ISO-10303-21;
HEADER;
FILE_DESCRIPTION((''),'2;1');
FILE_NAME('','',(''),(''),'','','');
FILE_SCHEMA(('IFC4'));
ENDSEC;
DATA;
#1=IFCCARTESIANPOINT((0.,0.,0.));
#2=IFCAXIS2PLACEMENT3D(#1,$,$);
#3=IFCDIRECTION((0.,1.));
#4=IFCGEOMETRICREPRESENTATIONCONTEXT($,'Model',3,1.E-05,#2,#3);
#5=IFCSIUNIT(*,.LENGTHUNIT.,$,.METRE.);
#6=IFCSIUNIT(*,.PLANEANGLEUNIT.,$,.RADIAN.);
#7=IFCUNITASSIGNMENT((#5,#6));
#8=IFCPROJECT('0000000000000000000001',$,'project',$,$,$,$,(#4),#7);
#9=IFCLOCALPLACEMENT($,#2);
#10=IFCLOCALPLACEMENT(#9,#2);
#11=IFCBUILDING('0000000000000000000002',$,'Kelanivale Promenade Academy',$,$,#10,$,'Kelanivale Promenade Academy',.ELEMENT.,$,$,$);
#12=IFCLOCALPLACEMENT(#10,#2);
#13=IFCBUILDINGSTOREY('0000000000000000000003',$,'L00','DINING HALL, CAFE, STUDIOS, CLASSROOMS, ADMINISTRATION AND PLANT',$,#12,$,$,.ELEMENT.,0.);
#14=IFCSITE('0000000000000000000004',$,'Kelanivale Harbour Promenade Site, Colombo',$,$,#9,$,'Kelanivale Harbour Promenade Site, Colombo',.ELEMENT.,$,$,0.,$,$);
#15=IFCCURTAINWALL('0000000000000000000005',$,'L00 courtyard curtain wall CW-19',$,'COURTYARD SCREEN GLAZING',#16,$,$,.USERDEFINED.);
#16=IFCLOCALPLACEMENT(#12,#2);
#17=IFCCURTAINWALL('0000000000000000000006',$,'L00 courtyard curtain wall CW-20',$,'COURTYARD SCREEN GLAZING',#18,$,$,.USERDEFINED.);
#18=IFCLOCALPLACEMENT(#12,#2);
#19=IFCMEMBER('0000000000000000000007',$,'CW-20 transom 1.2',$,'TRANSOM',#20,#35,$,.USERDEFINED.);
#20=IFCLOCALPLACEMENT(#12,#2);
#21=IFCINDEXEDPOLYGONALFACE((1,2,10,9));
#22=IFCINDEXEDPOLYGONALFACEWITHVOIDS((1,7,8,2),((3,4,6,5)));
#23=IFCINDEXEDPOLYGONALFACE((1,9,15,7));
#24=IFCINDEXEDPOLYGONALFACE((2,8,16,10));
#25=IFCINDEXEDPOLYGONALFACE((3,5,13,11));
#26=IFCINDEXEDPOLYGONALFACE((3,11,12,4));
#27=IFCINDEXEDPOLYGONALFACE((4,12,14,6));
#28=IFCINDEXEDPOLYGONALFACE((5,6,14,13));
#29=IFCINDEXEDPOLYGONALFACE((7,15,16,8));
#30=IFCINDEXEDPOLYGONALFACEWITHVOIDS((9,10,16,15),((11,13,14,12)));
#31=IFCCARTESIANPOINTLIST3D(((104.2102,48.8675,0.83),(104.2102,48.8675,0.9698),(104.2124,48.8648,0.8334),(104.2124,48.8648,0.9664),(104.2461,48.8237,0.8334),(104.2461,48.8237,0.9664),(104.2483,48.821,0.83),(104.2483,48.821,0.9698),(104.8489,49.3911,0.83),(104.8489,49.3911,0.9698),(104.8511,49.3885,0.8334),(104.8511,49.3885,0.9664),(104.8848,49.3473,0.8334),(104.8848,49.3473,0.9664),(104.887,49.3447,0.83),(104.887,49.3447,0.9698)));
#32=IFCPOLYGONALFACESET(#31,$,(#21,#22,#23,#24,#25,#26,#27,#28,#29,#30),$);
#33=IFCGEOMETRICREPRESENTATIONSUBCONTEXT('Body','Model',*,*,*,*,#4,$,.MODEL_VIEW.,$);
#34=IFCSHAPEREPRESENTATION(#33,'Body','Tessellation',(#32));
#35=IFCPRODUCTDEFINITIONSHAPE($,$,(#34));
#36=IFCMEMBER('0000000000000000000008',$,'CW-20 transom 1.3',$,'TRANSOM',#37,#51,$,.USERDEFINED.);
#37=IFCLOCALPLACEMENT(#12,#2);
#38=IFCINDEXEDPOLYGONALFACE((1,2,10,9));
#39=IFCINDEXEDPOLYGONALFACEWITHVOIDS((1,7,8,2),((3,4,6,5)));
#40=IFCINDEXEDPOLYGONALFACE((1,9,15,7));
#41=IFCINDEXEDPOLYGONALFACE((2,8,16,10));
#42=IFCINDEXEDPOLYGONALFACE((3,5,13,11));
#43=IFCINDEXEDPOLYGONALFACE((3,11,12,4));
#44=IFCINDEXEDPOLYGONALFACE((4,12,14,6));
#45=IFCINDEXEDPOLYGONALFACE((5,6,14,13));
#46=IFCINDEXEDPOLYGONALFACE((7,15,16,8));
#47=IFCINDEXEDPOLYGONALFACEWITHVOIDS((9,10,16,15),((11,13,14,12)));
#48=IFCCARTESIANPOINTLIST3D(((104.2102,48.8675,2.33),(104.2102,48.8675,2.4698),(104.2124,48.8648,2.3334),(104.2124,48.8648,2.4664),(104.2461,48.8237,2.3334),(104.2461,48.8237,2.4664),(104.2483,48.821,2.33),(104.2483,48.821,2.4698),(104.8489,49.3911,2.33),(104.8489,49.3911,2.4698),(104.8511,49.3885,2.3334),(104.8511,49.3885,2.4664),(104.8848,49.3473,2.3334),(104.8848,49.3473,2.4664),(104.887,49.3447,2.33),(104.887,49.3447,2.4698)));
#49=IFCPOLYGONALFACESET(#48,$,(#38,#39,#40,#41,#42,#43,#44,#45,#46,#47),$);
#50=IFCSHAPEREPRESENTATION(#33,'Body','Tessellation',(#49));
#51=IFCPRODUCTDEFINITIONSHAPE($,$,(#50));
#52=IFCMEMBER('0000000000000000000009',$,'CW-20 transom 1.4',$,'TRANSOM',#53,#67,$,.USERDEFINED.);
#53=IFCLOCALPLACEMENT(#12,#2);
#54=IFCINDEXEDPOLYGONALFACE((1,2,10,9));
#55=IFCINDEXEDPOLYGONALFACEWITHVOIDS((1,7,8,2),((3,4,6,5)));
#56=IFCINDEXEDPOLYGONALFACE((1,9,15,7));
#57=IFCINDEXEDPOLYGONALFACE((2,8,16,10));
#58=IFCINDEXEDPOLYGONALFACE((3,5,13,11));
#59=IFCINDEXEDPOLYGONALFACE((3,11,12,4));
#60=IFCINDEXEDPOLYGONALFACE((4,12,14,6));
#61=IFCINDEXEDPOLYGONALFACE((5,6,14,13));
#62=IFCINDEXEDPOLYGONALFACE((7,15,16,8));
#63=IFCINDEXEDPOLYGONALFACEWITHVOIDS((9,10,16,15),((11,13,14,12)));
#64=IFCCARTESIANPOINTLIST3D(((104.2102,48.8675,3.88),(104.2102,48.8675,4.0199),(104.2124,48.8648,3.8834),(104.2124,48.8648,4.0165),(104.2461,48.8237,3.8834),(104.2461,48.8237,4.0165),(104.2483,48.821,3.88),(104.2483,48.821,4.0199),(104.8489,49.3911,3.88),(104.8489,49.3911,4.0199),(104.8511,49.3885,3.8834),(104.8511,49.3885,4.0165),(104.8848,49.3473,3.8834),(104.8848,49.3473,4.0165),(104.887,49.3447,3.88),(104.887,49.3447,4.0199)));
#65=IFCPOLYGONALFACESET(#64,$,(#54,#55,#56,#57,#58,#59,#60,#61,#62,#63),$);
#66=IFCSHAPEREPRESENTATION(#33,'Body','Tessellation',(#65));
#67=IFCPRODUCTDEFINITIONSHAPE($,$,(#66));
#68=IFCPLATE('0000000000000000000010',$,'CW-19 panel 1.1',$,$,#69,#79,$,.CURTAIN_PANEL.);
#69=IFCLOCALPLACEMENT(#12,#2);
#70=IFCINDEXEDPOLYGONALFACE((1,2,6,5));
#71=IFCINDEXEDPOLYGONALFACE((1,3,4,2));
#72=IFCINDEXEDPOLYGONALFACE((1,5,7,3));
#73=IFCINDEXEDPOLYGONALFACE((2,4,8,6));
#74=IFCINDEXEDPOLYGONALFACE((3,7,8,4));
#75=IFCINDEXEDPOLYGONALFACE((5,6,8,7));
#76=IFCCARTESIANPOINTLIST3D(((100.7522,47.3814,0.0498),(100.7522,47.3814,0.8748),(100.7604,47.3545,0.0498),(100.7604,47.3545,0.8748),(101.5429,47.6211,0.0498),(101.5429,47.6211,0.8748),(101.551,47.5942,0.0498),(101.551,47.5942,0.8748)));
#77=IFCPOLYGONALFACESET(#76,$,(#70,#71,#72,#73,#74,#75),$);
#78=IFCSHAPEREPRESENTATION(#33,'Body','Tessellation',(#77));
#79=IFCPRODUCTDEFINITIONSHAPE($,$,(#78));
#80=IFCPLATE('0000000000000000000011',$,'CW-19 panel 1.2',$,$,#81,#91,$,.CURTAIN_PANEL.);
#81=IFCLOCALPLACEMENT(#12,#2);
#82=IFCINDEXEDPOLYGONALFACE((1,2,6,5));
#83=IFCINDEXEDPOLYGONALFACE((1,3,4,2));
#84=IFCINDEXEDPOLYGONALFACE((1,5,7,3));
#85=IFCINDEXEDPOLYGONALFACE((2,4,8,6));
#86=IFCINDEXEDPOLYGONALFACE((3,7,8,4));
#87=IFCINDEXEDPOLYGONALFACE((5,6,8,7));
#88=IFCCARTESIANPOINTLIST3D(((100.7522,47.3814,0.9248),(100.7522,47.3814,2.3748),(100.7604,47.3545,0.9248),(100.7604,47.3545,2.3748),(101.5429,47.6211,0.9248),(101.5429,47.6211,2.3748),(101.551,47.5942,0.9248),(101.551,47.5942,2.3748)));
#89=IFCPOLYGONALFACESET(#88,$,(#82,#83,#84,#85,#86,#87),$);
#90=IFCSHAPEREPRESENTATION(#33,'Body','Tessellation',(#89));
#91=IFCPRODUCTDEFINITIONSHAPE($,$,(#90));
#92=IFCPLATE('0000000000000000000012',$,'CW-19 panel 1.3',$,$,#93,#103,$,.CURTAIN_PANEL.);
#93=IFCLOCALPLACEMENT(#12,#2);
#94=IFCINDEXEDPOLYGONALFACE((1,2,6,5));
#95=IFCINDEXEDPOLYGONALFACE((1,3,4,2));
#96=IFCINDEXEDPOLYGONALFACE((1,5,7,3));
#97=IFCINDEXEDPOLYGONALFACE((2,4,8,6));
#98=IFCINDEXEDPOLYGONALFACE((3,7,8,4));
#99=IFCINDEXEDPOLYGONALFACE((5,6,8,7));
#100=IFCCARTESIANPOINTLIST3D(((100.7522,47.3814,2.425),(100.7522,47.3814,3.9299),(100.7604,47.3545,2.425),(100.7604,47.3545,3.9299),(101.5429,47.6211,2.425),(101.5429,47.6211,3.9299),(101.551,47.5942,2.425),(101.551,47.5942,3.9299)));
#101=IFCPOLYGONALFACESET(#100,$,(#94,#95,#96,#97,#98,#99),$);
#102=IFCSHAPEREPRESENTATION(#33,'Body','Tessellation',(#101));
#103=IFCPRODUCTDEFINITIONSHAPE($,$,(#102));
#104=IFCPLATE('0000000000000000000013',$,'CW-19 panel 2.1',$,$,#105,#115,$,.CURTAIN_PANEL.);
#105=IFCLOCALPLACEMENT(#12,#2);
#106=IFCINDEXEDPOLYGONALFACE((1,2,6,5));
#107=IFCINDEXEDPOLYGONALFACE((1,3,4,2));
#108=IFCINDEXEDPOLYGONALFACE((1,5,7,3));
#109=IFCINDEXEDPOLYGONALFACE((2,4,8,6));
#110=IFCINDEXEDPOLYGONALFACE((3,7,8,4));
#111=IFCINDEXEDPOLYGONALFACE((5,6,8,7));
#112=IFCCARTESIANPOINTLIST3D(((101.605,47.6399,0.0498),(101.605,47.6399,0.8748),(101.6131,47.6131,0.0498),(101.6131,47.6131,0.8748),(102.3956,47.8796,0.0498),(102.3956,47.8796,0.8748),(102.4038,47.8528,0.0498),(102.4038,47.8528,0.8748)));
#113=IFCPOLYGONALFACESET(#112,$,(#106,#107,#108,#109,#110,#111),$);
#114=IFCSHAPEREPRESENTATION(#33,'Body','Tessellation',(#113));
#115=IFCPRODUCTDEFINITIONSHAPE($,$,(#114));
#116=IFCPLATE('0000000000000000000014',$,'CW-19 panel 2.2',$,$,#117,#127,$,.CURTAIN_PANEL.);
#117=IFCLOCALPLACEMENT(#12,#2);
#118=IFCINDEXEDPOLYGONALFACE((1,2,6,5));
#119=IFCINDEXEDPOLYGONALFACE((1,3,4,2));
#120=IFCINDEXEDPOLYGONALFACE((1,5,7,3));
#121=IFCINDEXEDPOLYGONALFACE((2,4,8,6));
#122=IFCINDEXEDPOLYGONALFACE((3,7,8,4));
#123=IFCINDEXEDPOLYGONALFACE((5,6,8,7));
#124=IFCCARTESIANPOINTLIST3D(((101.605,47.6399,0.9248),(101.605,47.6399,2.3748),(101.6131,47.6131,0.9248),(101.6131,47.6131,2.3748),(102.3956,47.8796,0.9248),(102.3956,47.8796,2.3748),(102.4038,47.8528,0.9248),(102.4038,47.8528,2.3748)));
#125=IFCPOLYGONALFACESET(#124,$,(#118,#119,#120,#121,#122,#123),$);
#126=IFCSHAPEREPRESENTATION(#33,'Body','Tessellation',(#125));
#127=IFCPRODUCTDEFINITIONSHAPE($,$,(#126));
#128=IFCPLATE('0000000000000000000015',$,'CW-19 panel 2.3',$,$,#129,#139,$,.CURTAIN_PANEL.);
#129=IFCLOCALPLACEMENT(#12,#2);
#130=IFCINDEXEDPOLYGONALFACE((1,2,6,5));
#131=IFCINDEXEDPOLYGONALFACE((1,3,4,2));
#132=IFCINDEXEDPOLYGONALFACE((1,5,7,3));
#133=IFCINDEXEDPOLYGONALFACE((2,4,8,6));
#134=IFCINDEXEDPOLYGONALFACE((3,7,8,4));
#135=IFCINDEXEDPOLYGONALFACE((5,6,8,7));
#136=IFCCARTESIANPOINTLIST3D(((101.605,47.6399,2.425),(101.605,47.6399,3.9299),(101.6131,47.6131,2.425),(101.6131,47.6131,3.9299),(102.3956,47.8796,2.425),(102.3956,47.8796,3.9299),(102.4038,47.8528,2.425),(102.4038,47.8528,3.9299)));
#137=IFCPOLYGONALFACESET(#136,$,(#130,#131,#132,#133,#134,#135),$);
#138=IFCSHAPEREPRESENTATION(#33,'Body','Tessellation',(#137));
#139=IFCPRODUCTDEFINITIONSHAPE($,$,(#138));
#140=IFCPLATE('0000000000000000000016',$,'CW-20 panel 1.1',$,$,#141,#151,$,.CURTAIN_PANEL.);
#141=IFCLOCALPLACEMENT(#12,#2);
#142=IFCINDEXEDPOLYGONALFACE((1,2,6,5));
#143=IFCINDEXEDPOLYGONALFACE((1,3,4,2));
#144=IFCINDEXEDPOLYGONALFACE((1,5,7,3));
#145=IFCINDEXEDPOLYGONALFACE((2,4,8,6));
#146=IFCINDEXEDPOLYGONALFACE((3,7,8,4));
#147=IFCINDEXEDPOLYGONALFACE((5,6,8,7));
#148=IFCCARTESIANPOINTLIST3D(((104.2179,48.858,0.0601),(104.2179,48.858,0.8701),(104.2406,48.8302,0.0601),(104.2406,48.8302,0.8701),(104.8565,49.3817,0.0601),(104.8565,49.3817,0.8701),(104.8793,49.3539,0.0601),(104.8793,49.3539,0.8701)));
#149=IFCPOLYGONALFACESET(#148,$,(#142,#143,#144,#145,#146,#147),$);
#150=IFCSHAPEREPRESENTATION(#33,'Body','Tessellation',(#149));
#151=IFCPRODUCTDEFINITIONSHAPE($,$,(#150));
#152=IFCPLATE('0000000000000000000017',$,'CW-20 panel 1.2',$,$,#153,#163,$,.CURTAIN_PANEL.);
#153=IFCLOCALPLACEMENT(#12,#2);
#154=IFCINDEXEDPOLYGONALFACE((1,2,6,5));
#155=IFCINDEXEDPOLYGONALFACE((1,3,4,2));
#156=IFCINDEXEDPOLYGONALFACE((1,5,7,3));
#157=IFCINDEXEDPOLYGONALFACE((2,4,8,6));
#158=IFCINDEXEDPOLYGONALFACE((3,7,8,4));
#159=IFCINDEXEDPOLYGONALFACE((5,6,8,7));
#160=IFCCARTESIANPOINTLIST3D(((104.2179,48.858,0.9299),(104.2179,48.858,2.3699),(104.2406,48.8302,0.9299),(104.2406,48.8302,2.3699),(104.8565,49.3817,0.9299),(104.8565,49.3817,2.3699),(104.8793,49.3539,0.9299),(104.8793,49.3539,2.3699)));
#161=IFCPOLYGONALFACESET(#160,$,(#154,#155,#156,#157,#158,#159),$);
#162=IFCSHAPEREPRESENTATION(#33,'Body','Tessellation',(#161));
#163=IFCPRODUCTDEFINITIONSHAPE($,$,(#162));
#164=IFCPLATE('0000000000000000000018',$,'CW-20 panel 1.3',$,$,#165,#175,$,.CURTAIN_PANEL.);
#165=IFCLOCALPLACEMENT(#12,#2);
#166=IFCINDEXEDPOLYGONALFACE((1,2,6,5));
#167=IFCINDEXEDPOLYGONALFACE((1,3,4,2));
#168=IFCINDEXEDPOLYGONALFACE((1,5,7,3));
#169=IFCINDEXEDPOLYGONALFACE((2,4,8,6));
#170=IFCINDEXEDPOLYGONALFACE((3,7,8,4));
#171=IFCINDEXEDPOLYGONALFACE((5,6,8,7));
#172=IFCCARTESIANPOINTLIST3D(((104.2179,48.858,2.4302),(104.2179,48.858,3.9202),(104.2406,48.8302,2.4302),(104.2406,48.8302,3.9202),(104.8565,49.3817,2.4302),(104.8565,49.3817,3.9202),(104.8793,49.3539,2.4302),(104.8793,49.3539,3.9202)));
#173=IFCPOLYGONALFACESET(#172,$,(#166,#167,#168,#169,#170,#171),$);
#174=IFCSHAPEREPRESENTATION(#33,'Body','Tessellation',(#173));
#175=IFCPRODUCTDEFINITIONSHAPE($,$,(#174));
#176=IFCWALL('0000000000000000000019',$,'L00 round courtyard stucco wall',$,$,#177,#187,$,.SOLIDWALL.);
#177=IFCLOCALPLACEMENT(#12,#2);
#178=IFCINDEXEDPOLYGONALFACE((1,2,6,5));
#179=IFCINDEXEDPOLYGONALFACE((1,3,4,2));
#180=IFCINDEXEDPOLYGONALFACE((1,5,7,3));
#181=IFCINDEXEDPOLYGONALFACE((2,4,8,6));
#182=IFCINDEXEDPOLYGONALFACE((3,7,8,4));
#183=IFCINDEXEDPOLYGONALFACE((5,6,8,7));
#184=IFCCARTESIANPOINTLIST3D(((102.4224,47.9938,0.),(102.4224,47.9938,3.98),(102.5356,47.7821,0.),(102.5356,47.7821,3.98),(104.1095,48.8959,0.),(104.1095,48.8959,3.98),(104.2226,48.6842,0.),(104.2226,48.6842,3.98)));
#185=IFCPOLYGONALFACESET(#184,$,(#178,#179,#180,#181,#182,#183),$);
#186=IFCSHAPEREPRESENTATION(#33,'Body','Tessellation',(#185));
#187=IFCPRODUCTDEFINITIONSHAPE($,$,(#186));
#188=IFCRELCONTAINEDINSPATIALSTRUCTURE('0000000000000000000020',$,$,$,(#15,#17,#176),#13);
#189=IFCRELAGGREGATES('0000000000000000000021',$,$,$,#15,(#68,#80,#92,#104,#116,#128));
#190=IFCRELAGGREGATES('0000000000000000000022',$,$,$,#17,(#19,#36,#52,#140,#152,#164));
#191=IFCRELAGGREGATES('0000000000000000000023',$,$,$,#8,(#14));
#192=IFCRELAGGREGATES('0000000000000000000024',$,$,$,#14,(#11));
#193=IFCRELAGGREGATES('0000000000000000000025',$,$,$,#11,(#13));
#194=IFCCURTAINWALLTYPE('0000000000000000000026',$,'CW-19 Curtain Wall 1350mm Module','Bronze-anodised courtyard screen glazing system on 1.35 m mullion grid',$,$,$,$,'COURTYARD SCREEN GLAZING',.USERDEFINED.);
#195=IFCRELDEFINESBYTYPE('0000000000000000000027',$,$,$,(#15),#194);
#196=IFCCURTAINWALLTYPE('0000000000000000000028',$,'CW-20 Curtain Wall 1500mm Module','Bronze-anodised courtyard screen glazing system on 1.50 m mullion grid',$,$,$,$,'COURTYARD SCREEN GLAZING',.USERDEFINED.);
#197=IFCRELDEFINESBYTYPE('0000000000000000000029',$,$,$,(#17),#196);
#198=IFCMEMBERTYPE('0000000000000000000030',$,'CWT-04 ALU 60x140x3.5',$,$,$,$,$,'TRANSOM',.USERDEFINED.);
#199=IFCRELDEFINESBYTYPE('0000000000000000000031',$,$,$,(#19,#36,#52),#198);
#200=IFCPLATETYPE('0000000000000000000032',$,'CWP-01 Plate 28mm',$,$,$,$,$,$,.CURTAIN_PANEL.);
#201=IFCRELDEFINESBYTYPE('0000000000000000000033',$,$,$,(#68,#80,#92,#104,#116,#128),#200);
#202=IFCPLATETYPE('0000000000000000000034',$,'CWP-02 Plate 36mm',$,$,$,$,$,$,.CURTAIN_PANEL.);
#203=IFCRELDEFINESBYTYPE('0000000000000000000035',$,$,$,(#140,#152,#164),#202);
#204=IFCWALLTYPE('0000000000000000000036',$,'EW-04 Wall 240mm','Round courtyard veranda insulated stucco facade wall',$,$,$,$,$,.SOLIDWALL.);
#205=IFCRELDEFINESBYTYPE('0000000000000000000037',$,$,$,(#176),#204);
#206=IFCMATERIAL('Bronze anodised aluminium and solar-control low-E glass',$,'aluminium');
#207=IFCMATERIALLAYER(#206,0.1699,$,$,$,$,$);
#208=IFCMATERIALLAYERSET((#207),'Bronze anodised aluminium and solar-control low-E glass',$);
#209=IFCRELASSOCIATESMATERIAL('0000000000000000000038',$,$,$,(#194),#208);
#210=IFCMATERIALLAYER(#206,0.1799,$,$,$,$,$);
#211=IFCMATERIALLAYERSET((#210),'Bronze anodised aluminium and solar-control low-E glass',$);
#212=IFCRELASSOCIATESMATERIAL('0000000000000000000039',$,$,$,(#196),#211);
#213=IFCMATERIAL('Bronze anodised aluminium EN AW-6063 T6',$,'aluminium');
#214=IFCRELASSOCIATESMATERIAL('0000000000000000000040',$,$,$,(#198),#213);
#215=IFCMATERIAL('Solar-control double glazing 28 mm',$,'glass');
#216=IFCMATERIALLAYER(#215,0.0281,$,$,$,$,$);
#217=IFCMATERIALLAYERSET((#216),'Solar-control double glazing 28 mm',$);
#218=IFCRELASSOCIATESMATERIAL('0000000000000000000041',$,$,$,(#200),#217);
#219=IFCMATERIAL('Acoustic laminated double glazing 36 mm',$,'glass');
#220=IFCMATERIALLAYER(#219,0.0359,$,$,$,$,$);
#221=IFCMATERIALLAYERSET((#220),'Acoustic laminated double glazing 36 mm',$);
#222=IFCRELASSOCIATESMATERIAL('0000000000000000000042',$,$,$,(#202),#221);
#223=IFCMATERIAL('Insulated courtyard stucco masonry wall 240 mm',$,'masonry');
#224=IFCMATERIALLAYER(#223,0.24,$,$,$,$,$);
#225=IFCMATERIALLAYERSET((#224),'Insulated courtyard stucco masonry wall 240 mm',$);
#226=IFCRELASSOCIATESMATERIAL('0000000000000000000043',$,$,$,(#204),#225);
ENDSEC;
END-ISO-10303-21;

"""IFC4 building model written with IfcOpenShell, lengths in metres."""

from ifc_helpers import new_model, si_unit, direction, frame, frame_2d, origin, origin_2d, place, context, subcontext, project, spatial, rectangle, hollow_rectangle, extrude, material, layer, layer_set, material_profile, profile_set, type_object, element, aggregate, save


model = new_model("IFC4")

# Units and contexts
model_context = context("Model", 3, precision=1e-05, world=origin(), true_north=direction((0.0, 1.0)))
body_context = subcontext(model_context, "Body", "Model", "MODEL_VIEW")
ifc_project = project(units=[si_unit("LENGTHUNIT", "METRE"), si_unit("PLANEANGLEUNIT", "RADIAN")], contexts=[model_context])

# Site, building, storey
site_placement = place(None, origin())
site = spatial("IfcSite", under=ifc_project, at=site_placement, Name="Kelanivale Harbour Promenade Site, Colombo", LongName="Kelanivale Harbour Promenade Site, Colombo", CompositionType="ELEMENT", RefElevation=0.0)
building_placement = place(site_placement, origin())
building = spatial("IfcBuilding", under=site, at=building_placement, Name="Kelanivale Promenade Academy", LongName="Kelanivale Promenade Academy", CompositionType="ELEMENT")
storey_placement = place(building_placement, origin())
storey = spatial("IfcBuildingStorey", under=building, at=storey_placement, Name="L00", Description="DINING HALL, CAFE, STUDIOS, CLASSROOMS, ADMINISTRATION AND PLANT", CompositionType="ELEMENT", Elevation=0.0)

# Curtain wall
ifc_material_1 = material(Name="Bronze anodised aluminium and solar-control low-E glass", Category="aluminium")
ifc_layer_1 = layer(ifc_material_1, 0.1699)
ifc_layer_set_1 = layer_set([ifc_layer_1], Name="Bronze anodised aluminium and solar-control low-E glass")
curtain_wall_type_1 = type_object("IfcCurtainWallType", Name="CW-19 Curtain Wall 1350mm Module", Description="Bronze-anodised courtyard screen glazing system on 1.35 m mullion grid", ElementType="COURTYARD SCREEN GLAZING", PredefinedType="USERDEFINED", material=ifc_layer_set_1)
curtain_wall_1_placement = place(storey_placement, origin())
curtain_wall_1 = element("IfcCurtainWall", 1, at=curtain_wall_1_placement, inside=storey, type_object=curtain_wall_type_1, Name="L00 courtyard curtain wall CW-19", ObjectType="COURTYARD SCREEN GLAZING", PredefinedType="USERDEFINED")
ifc_material_2 = material(Name="Bronze anodised aluminium EN AW-6063 T6", Category="aluminium")

# Curtain wall
ifc_layer_2 = layer(ifc_material_1, 0.1799)
ifc_layer_set_2 = layer_set([ifc_layer_2], Name="Bronze anodised aluminium and solar-control low-E glass")
curtain_wall_type_2 = type_object("IfcCurtainWallType", Name="CW-20 Curtain Wall 1500mm Module", Description="Bronze-anodised courtyard screen glazing system on 1.50 m mullion grid", ElementType="COURTYARD SCREEN GLAZING", PredefinedType="USERDEFINED", material=ifc_layer_set_2)
curtain_wall_2_placement = place(storey_placement, origin())
curtain_wall_2 = element("IfcCurtainWall", 2, at=curtain_wall_2_placement, inside=storey, type_object=curtain_wall_type_2, Name="L00 courtyard curtain wall CW-20", ObjectType="COURTYARD SCREEN GLAZING", PredefinedType="USERDEFINED")

# Members
ifc_material_profile_1 = material_profile(ifc_material_2, hollow_rectangle(XDim=0.0601, YDim=0.1399, WallThickness=0.0034, at=origin_2d()), Name="ALU 60x140x3.5")
ifc_profile_set_1 = profile_set([ifc_material_profile_1], Name="Bronze anodised aluminium EN AW-6063 T6")
member_type_1 = type_object("IfcMemberType", Name="CWT-04 ALU 60x140x3.5", ElementType="TRANSOM", PredefinedType="USERDEFINED", material=ifc_profile_set_1)
member_1_placement = place(storey_placement, frame((104.2292, 48.8442, 0.8999), z_axis=(0.773285, 0.634058, 0.0), x_axis=(-0.634058, 0.773285, 0.0)))
member_1 = element("IfcMember", 3, at=member_1_placement, type_object=member_type_1, Name="CW-20 transom 1.2", ObjectType="TRANSOM", PredefinedType="USERDEFINED", context=body_context, shape_type="SweptSolid", body=[
    extrude(hollow_rectangle(XDim=0.0601, YDim=0.1399, WallThickness=0.0034, at=origin_2d()), origin(), (0.0, 0.0, 1.0), 0.8259),
])
member_2_placement = place(storey_placement, frame((104.2292, 48.8442, 2.3999), z_axis=(0.773285, 0.634058, 0.0), x_axis=(-0.634058, 0.773285, 0.0)))
member_2 = element("IfcMember", 4, at=member_2_placement, type_object=member_type_1, Name="CW-20 transom 1.3", ObjectType="TRANSOM", PredefinedType="USERDEFINED", context=body_context, shape_type="SweptSolid", body=[
    extrude(hollow_rectangle(XDim=0.0601, YDim=0.1399, WallThickness=0.0034, at=origin_2d()), origin(), (0.0, 0.0, 1.0), 0.8259),
])
member_3_placement = place(storey_placement, frame((104.2292, 48.8442, 3.95), z_axis=(0.773285, 0.634058, 0.0), x_axis=(-0.634058, 0.773285, 0.0)))
member_3 = element("IfcMember", 5, at=member_3_placement, type_object=member_type_1, Name="CW-20 transom 1.4", ObjectType="TRANSOM", PredefinedType="USERDEFINED", context=body_context, shape_type="SweptSolid", body=[
    extrude(hollow_rectangle(XDim=0.0601, YDim=0.1399, WallThickness=0.0034, at=origin_2d()), origin(), (0.0, 0.0, 1.0), 0.8259),
])

# Plates
ifc_material_3 = material(Name="Solar-control double glazing 28 mm", Category="glass")
ifc_layer_3 = layer(ifc_material_3, 0.0281)
ifc_layer_set_3 = layer_set([ifc_layer_3], Name="Solar-control double glazing 28 mm")
plate_type_1 = type_object("IfcPlateType", Name="CWP-01 Plate 28mm", PredefinedType="CURTAIN_PANEL", material=ifc_layer_set_3)
plate_1_placement = place(storey_placement, frame((101.1516, 47.4878, 0.0498), z_axis=(0.0, 0.0, 1.0), x_axis=(0.956988, 0.290128, 0.0)))
plate_1 = element("IfcPlate", 6, at=plate_1_placement, type_object=plate_type_1, Name="CW-19 panel 1.1", PredefinedType="CURTAIN_PANEL", context=body_context, shape_type="SweptSolid", body=[
    extrude(rectangle(XDim=0.8262, YDim=0.0281, at=origin_2d()), origin(), (0.0, 0.0, 1.0), 0.825),
])
plate_2_placement = place(storey_placement, frame((101.1516, 47.4878, 0.9248), z_axis=(0.0, 0.0, 1.0), x_axis=(0.956988, 0.290128, 0.0)))
plate_2 = element("IfcPlate", 7, at=plate_2_placement, type_object=plate_type_1, Name="CW-19 panel 1.2", PredefinedType="CURTAIN_PANEL", context=body_context, shape_type="SweptSolid", body=[
    extrude(rectangle(XDim=0.8262, YDim=0.0281, at=origin_2d()), origin(), (0.0, 0.0, 1.0), 1.45),
])
plate_3_placement = place(storey_placement, frame((101.1516, 47.4878, 2.425), z_axis=(0.0, 0.0, 1.0), x_axis=(0.956988, 0.290128, 0.0)))
plate_3 = element("IfcPlate", 8, at=plate_3_placement, type_object=plate_type_1, Name="CW-19 panel 1.3", PredefinedType="CURTAIN_PANEL", context=body_context, shape_type="SweptSolid", body=[
    extrude(rectangle(XDim=0.8262, YDim=0.0281, at=origin_2d()), origin(), (0.0, 0.0, 1.0), 1.5049),
])
plate_4_placement = place(storey_placement, frame((102.0044, 47.7463, 0.0498), z_axis=(0.0, 0.0, 1.0), x_axis=(0.956988, 0.290128, 0.0)))
plate_4 = element("IfcPlate", 9, at=plate_4_placement, type_object=plate_type_1, Name="CW-19 panel 2.1", PredefinedType="CURTAIN_PANEL", context=body_context, shape_type="SweptSolid", body=[
    extrude(rectangle(XDim=0.8262, YDim=0.0281, at=origin_2d()), origin(), (0.0, 0.0, 1.0), 0.825),
])
plate_5_placement = place(storey_placement, frame((102.0044, 47.7463, 0.9248), z_axis=(0.0, 0.0, 1.0), x_axis=(0.956988, 0.290128, 0.0)))
plate_5 = element("IfcPlate", 10, at=plate_5_placement, type_object=plate_type_1, Name="CW-19 panel 2.2", PredefinedType="CURTAIN_PANEL", context=body_context, shape_type="SweptSolid", body=[
    extrude(rectangle(XDim=0.8262, YDim=0.0281, at=origin_2d()), origin(), (0.0, 0.0, 1.0), 1.45),
])
plate_6_placement = place(storey_placement, frame((102.0044, 47.7463, 2.425), z_axis=(0.0, 0.0, 1.0), x_axis=(0.956988, 0.290128, 0.0)))
plate_6 = element("IfcPlate", 11, at=plate_6_placement, type_object=plate_type_1, Name="CW-19 panel 2.3", PredefinedType="CURTAIN_PANEL", context=body_context, shape_type="SweptSolid", body=[
    extrude(rectangle(XDim=0.8262, YDim=0.0281, at=origin_2d()), origin(), (0.0, 0.0, 1.0), 1.5049),
])
aggregate(curtain_wall_1, [plate_1, plate_2, plate_3, plate_4, plate_5, plate_6])
ifc_material_4 = material(Name="Acoustic laminated double glazing 36 mm", Category="glass")
ifc_layer_4 = layer(ifc_material_4, 0.0359)
ifc_layer_set_4 = layer_set([ifc_layer_4], Name="Acoustic laminated double glazing 36 mm")
plate_type_2 = type_object("IfcPlateType", Name="CWP-02 Plate 36mm", PredefinedType="CURTAIN_PANEL", material=ifc_layer_set_4)
plate_7_placement = place(storey_placement, frame((104.5486, 49.106, 0.0601), z_axis=(0.0, 0.0, 1.0), x_axis=(0.773257, 0.634093, 0.0)))
plate_7 = element("IfcPlate", 12, at=plate_7_placement, type_object=plate_type_2, Name="CW-20 panel 1.1", PredefinedType="CURTAIN_PANEL", context=body_context, shape_type="SweptSolid", body=[
    extrude(rectangle(XDim=0.8259, YDim=0.0359, at=origin_2d()), origin(), (0.0, 0.0, 1.0), 0.8101),
])
plate_8_placement = place(storey_placement, frame((104.5486, 49.106, 0.9299), z_axis=(0.0, 0.0, 1.0), x_axis=(0.773257, 0.634093, 0.0)))
plate_8 = element("IfcPlate", 13, at=plate_8_placement, type_object=plate_type_2, Name="CW-20 panel 1.2", PredefinedType="CURTAIN_PANEL", context=body_context, shape_type="SweptSolid", body=[
    extrude(rectangle(XDim=0.8259, YDim=0.0359, at=origin_2d()), origin(), (0.0, 0.0, 1.0), 1.4399),
])
plate_9_placement = place(storey_placement, frame((104.5486, 49.106, 2.4302), z_axis=(0.0, 0.0, 1.0), x_axis=(0.773257, 0.634093, 0.0)))
plate_9 = element("IfcPlate", 14, at=plate_9_placement, type_object=plate_type_2, Name="CW-20 panel 1.3", PredefinedType="CURTAIN_PANEL", context=body_context, shape_type="SweptSolid", body=[
    extrude(rectangle(XDim=0.8259, YDim=0.0359, at=origin_2d()), origin(), (0.0, 0.0, 1.0), 1.49),
])
aggregate(curtain_wall_2, [member_1, member_2, member_3, plate_7, plate_8, plate_9])

# Wall
ifc_material_5 = material(Name="Insulated courtyard stucco masonry wall 240 mm", Category="masonry")
ifc_layer_5 = layer(ifc_material_5, 0.24)
ifc_layer_set_5 = layer_set([ifc_layer_5], Name="Insulated courtyard stucco masonry wall 240 mm")
wall_type_1 = type_object("IfcWallType", Name="EW-04 Wall 240mm", Description="Round courtyard veranda insulated stucco facade wall", PredefinedType="SOLIDWALL", material=ifc_layer_set_5)
wall_1_placement = place(storey_placement, frame((102.479, 47.8879, 0.0), z_axis=(0.0, 0.0, 1.0), x_axis=(0.88184, 0.471548, 0.0)))
element("IfcWall", 15, at=wall_1_placement, inside=storey, type_object=wall_type_1, Name="L00 round courtyard stucco wall", PredefinedType="SOLIDWALL", context=body_context, shape_type="SweptSolid", body=[
    extrude(rectangle(XDim=1.9131, YDim=0.24, at=frame_2d((0.9565, 0.0))), origin(), (0.0, 0.0, 1.0), 3.98),
])

save(model, "model.ifc")
